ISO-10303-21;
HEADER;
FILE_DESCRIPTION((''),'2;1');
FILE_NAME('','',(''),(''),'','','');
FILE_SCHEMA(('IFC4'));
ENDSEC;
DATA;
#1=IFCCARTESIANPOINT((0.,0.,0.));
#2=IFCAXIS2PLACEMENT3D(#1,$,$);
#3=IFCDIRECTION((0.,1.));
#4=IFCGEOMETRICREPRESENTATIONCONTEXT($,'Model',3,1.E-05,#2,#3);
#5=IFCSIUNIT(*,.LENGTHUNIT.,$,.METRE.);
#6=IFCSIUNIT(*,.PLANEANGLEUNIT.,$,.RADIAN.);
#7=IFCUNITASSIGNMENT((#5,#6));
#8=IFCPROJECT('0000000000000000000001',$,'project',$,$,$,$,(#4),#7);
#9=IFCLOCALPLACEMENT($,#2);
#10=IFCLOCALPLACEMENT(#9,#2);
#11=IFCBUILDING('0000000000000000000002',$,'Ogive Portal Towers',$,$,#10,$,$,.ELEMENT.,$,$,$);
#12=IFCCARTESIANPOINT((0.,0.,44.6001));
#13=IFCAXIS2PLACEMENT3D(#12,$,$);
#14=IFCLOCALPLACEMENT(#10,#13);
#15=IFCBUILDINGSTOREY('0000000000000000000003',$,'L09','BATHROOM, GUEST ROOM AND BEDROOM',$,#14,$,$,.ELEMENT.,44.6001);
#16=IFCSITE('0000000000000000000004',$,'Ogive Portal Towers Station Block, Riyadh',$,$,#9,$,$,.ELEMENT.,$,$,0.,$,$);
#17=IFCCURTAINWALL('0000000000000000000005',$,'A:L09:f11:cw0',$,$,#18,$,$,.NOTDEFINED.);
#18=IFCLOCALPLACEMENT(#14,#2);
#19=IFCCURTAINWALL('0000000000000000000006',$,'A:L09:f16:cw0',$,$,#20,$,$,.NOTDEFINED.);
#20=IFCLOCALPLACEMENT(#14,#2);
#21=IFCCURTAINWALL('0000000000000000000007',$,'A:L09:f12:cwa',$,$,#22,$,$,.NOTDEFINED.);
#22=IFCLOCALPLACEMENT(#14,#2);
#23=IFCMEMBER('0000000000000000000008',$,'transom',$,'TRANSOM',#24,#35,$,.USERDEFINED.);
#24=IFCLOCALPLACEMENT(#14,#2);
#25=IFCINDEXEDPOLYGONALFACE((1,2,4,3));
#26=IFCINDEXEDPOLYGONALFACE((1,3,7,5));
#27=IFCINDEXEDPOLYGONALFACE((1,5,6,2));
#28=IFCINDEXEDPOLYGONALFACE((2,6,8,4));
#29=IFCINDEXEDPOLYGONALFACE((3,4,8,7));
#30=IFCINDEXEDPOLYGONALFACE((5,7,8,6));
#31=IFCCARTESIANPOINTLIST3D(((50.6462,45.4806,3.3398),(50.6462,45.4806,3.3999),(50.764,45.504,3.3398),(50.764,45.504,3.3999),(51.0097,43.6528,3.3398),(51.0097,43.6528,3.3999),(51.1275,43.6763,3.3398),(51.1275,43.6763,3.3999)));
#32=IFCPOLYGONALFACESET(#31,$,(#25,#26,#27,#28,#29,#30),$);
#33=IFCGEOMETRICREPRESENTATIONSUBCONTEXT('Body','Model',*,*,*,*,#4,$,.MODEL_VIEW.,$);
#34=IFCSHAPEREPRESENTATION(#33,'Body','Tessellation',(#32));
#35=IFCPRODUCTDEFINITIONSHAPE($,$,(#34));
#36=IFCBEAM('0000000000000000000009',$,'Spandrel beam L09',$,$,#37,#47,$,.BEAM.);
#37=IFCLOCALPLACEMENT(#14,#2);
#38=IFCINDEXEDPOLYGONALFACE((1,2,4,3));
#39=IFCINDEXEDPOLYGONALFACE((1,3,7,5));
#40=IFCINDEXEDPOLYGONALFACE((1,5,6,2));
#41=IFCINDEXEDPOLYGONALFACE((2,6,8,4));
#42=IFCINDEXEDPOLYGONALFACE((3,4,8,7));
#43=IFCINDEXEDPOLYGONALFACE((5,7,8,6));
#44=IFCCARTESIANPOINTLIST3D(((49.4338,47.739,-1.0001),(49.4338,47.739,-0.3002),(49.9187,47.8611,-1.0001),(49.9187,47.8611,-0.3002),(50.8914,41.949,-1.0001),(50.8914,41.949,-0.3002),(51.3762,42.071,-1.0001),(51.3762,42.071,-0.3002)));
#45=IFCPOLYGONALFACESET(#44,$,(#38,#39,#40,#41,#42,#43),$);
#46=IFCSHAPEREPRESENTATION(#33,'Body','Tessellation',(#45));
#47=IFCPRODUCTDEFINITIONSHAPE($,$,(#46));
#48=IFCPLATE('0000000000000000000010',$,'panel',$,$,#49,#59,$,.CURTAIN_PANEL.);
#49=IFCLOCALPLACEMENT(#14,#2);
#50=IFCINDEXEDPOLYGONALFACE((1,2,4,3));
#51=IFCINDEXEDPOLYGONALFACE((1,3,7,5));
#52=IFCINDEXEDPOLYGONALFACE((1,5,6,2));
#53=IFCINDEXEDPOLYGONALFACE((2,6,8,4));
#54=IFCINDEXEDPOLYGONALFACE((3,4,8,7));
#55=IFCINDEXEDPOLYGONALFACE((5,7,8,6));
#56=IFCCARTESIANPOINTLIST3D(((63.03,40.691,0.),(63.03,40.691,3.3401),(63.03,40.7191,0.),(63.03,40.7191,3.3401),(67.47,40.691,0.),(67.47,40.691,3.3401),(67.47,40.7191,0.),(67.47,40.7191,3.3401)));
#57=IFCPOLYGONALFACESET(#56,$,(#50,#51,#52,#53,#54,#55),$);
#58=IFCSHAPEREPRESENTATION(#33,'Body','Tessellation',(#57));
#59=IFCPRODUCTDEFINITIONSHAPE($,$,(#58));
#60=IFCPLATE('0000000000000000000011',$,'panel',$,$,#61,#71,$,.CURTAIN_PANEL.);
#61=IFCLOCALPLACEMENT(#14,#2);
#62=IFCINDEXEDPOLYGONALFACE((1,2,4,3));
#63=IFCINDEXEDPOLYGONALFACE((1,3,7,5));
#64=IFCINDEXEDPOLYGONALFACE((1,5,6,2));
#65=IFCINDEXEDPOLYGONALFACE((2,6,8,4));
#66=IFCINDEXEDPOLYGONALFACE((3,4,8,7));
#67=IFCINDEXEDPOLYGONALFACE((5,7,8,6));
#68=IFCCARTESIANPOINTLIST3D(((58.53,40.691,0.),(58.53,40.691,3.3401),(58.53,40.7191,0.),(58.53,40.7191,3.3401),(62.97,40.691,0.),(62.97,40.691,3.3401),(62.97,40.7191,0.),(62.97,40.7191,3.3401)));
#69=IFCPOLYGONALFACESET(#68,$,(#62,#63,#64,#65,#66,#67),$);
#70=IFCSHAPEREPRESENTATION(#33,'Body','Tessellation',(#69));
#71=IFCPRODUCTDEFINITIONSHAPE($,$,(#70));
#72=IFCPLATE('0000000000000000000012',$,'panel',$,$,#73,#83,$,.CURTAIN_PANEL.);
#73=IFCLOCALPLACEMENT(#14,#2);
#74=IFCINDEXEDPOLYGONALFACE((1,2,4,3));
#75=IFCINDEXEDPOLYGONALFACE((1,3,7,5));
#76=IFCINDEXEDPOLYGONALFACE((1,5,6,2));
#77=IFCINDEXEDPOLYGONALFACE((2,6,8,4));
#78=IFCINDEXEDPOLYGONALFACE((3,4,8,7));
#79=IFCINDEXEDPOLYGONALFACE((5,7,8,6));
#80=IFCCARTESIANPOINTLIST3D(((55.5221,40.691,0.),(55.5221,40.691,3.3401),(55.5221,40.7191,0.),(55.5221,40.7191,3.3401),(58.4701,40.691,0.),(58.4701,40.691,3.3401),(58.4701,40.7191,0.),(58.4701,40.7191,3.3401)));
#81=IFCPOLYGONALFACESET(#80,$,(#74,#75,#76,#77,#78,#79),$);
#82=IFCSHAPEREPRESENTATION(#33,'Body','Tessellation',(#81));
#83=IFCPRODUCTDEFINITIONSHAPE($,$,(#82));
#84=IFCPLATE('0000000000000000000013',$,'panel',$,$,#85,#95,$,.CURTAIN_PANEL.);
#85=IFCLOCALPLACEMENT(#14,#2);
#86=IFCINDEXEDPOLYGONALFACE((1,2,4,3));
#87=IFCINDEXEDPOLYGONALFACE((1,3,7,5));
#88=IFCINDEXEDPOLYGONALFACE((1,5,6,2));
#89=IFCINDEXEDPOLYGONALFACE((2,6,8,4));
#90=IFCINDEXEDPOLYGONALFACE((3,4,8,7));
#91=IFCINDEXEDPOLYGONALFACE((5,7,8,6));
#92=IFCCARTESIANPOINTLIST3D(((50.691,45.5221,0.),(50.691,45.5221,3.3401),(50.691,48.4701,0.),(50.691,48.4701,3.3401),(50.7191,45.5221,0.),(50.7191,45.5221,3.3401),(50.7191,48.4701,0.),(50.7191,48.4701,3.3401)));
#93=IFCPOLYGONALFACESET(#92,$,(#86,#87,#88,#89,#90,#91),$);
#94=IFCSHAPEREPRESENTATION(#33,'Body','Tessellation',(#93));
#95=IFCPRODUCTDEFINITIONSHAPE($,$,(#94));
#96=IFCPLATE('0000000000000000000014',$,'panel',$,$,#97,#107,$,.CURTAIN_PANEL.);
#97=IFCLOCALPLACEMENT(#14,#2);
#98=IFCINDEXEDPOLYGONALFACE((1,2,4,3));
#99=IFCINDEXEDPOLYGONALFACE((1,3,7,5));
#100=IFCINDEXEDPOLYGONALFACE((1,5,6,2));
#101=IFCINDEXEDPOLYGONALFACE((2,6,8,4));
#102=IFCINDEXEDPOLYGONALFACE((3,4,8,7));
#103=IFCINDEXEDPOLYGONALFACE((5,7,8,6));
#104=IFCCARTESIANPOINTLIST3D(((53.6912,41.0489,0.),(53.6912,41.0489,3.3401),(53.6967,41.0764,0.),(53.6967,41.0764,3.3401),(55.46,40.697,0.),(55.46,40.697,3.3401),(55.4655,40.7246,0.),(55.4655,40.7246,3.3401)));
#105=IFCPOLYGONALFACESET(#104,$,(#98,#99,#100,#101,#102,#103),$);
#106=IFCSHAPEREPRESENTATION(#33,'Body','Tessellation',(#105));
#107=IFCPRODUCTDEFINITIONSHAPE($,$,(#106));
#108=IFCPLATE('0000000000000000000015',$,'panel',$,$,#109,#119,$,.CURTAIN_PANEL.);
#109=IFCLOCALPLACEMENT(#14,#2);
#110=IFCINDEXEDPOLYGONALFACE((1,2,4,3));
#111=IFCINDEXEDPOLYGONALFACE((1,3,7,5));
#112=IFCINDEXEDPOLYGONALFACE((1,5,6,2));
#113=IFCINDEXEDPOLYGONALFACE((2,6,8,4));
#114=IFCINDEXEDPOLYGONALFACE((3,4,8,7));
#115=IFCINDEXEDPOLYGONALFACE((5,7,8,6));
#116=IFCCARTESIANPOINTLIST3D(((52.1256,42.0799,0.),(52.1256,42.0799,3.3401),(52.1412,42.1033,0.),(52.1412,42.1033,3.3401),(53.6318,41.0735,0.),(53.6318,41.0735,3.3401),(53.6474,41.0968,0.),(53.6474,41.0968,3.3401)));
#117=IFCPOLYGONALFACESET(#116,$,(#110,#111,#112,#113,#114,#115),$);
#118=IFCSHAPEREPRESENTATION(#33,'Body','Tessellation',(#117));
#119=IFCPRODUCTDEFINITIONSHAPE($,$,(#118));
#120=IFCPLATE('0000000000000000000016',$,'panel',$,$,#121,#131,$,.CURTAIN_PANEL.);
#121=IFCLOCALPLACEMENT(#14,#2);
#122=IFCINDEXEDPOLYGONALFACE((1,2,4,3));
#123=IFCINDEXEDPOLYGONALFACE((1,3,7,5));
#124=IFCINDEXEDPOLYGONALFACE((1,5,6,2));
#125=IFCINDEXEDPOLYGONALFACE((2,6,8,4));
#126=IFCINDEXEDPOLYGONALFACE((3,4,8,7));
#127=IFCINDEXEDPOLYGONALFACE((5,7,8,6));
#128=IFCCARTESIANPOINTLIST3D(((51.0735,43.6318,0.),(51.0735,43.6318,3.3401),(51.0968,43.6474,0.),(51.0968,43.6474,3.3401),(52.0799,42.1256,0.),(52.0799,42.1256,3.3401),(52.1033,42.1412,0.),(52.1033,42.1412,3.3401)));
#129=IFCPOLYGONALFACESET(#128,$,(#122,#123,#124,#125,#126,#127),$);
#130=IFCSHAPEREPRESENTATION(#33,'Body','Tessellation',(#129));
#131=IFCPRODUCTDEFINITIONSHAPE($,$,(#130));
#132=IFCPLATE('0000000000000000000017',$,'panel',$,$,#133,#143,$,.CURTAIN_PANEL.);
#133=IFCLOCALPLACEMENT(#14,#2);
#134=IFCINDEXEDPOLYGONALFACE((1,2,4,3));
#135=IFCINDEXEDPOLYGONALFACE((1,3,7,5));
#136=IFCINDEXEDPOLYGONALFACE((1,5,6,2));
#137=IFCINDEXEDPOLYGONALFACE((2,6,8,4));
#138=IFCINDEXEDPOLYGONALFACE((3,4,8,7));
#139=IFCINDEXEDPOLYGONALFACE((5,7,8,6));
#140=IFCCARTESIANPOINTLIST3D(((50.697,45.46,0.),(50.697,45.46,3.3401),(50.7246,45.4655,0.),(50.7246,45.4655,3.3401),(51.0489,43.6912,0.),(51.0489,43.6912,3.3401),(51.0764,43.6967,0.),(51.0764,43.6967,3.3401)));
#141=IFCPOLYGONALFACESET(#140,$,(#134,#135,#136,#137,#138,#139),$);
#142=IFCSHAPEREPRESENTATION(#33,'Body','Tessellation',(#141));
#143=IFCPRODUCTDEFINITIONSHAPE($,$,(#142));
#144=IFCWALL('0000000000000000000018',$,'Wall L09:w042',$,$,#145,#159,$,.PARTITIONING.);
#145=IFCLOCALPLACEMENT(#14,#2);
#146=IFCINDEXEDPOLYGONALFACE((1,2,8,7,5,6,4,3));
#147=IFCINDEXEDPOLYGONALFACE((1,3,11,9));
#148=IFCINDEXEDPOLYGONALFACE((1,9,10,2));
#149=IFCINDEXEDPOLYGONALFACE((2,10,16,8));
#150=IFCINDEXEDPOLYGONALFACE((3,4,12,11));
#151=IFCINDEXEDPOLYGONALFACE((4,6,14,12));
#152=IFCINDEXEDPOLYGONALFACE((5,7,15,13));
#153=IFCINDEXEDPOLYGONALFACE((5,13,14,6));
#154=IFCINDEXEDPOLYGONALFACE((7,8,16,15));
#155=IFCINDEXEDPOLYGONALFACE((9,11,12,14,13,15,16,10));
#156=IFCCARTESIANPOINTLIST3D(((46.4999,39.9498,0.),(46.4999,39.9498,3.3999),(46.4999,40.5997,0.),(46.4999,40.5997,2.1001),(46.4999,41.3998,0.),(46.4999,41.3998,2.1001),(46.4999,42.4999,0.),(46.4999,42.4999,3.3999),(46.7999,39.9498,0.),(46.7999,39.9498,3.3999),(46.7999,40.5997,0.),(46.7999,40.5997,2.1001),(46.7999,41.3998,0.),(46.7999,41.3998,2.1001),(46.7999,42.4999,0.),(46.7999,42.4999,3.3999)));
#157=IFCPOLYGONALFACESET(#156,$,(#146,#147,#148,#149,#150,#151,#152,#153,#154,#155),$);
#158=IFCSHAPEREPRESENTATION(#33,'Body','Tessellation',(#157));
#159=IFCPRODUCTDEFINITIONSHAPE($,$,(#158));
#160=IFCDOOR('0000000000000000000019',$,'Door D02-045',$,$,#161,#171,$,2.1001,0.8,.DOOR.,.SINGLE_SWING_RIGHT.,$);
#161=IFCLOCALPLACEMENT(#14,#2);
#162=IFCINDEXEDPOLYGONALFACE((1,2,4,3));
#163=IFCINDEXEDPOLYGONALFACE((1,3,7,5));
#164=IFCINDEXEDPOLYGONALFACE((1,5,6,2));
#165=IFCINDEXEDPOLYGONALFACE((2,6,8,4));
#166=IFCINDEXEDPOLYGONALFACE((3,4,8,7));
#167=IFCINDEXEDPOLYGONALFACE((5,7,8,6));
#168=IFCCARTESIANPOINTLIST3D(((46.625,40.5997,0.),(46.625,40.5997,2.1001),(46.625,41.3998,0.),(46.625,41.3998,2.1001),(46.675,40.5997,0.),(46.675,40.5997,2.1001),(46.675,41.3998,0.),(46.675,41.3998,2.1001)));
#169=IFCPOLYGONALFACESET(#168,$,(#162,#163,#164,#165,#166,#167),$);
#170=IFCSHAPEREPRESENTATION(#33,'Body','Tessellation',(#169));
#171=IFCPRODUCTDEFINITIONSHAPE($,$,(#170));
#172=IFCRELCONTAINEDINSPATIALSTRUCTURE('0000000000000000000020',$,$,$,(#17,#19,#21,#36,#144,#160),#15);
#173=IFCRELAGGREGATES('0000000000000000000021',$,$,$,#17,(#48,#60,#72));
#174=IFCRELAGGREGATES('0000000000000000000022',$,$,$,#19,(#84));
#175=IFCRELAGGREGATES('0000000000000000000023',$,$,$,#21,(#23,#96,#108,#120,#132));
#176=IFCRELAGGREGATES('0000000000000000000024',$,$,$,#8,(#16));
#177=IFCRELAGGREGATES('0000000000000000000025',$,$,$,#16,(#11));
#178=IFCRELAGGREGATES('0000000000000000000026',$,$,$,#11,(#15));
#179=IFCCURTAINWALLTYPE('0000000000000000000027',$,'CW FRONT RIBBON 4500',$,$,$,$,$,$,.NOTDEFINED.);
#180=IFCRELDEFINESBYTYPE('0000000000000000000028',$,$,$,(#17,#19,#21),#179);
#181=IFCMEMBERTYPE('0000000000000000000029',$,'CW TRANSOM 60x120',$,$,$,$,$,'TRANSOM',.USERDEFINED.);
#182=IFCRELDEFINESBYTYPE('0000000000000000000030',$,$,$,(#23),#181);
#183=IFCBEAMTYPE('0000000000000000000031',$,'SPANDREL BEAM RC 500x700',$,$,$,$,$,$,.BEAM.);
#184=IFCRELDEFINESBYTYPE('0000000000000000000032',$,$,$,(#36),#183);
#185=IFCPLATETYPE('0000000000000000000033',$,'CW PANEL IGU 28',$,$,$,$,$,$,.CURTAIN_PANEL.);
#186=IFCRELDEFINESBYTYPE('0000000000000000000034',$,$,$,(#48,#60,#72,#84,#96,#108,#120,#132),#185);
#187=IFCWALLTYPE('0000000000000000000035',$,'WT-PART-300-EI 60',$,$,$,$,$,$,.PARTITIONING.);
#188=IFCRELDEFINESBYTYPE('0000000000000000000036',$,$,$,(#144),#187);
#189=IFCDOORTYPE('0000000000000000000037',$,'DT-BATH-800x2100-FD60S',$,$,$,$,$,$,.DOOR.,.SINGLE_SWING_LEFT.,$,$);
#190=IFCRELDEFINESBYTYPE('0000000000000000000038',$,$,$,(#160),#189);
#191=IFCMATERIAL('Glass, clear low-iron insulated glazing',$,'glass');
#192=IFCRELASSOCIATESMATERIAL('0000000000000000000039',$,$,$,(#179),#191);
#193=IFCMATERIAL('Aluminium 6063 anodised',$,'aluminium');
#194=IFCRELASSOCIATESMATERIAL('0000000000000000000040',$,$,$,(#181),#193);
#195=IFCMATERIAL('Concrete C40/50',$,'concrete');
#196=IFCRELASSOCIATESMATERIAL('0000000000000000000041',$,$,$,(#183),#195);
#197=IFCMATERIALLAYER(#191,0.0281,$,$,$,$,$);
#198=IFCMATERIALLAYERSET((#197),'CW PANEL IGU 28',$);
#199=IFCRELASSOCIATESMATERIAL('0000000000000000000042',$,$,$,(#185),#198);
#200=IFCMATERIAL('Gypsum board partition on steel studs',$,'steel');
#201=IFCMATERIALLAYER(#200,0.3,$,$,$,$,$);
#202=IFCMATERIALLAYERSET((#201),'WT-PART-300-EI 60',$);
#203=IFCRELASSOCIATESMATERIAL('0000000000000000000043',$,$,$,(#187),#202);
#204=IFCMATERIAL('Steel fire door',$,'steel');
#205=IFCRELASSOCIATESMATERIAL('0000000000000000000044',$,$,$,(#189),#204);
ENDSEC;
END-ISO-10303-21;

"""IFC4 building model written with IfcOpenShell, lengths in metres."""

from ifc_helpers import new_model, si_unit, direction, frame, frame_2d, origin, origin_2d, place, context, subcontext, project, spatial, rectangle, extrude, material, layer, layer_set, material_profile, profile_set, type_object, element, fill, aggregate, save


model = new_model("IFC4")

# Units and contexts
model_context = context("Model", 3, precision=1e-05, world=origin(), true_north=direction((0.0, 1.0)))
body_context = subcontext(model_context, "Body", "Model", "MODEL_VIEW")
ifc_project = project(units=[si_unit("LENGTHUNIT", "METRE"), si_unit("PLANEANGLEUNIT", "RADIAN")], contexts=[model_context])

# Site, building, storey
site_placement = place(None, origin())
site = spatial("IfcSite", under=ifc_project, at=site_placement, Name="Ogive Portal Towers Station Block, Riyadh", CompositionType="ELEMENT", RefElevation=0.0)
building_placement = place(site_placement, origin())
building = spatial("IfcBuilding", under=site, at=building_placement, Name="Ogive Portal Towers", CompositionType="ELEMENT")
storey_placement = place(building_placement, frame((0.0, 0.0, 44.6001)))
storey = spatial("IfcBuildingStorey", under=building, at=storey_placement, Name="L09", Description="BATHROOM, GUEST ROOM AND BEDROOM", CompositionType="ELEMENT", Elevation=44.6001)

# Curtain wall
ifc_material_1 = material(Name="Glass, clear low-iron insulated glazing", Category="glass")
curtain_wall_type = type_object("IfcCurtainWallType", Name="CW FRONT RIBBON 4500", PredefinedType="NOTDEFINED", material=ifc_material_1)
curtain_wall_1_placement = place(storey_placement, origin())
curtain_wall_1 = element("IfcCurtainWall", 1, at=curtain_wall_1_placement, inside=storey, type_object=curtain_wall_type, Name="A:L09:f11:cw0", PredefinedType="NOTDEFINED")
ifc_material_2 = material(Name="Aluminium 6063 anodised", Category="aluminium")

# Curtain wall
curtain_wall_2_placement = place(storey_placement, origin())
curtain_wall_2 = element("IfcCurtainWall", 2, at=curtain_wall_2_placement, inside=storey, type_object=curtain_wall_type, Name="A:L09:f16:cw0", PredefinedType="NOTDEFINED")

# Curtain wall
curtain_wall_3_placement = place(storey_placement, origin())
curtain_wall_3 = element("IfcCurtainWall", 3, at=curtain_wall_3_placement, inside=storey, type_object=curtain_wall_type, Name="A:L09:f12:cwa", PredefinedType="NOTDEFINED")

# Member
ifc_material_profile_1 = material_profile(ifc_material_2, rectangle(XDim=0.1201, YDim=0.0601, at=origin_2d()), Name="AL 120x60")
ifc_profile_set_1 = profile_set([ifc_material_profile_1], Name="Aluminium 6063 anodised")
member_type_1 = type_object("IfcMemberType", Name="CW TRANSOM 60x120", ElementType="TRANSOM", PredefinedType="USERDEFINED", material=ifc_profile_set_1)
member_1_placement = place(storey_placement, frame((51.0686, 43.6646, 3.3699), z_axis=(-0.195083, 0.980787, 0.0), x_axis=(-0.980787, -0.195083, 0.0)))
member_1 = element("IfcMember", 4, at=member_1_placement, type_object=member_type_1, Name="transom", ObjectType="TRANSOM", PredefinedType="USERDEFINED", context=body_context, shape_type="SweptSolid", body=[
    extrude(rectangle(XDim=0.1201, YDim=0.0601, at=origin_2d()), origin(), (0.0, 0.0, 1.0), 1.8635),
])

# Beam
ifc_material_3 = material(Name="Concrete C40/50", Category="concrete")
ifc_material_profile_2 = material_profile(ifc_material_3, rectangle(XDim=0.5, YDim=0.7, at=origin_2d()), Name="RC 500x700")
ifc_profile_set_2 = profile_set([ifc_material_profile_2], Name="Concrete C40/50")
beam_type = type_object("IfcBeamType", Name="SPANDREL BEAM RC 500x700", PredefinedType="BEAM", material=ifc_profile_set_2)
beam_placement = place(storey_placement, frame((49.6763, 47.8, -0.6501), z_axis=(0.244113, -0.969747, 0.0), x_axis=(0.969747, 0.244113, 0.0)))
element("IfcBeam", 5, at=beam_placement, inside=storey, type_object=beam_type, Name="Spandrel beam L09", PredefinedType="BEAM", context=body_context, shape_type="SweptSolid", body=[
    extrude(rectangle(XDim=0.5, YDim=0.7, at=origin_2d()), origin(), (0.0, 0.0, 1.0), 5.9707),
])

# Plates
ifc_layer_1 = layer(ifc_material_1, 0.0281)
ifc_layer_set_1 = layer_set([ifc_layer_1], Name="CW PANEL IGU 28")
plate_type = type_object("IfcPlateType", Name="CW PANEL IGU 28", PredefinedType="CURTAIN_PANEL", material=ifc_layer_set_1)
plate_1_placement = place(storey_placement, frame((65.25, 40.7051, 0.0), z_axis=(0.0, 0.0, 1.0), x_axis=(-1.0, 0.0, 0.0)))
plate_1 = element("IfcPlate", 6, at=plate_1_placement, type_object=plate_type, Name="panel", PredefinedType="CURTAIN_PANEL", context=body_context, shape_type="SweptSolid", body=[
    extrude(rectangle(XDim=4.4399, YDim=0.0281, at=origin_2d()), origin(), (0.0, 0.0, 1.0), 3.3401),
])
plate_2_placement = place(storey_placement, frame((60.75, 40.7051, 0.0), z_axis=(0.0, 0.0, 1.0), x_axis=(-1.0, 0.0, 0.0)))
plate_2 = element("IfcPlate", 7, at=plate_2_placement, type_object=plate_type, Name="panel", PredefinedType="CURTAIN_PANEL", context=body_context, shape_type="SweptSolid", body=[
    extrude(rectangle(XDim=4.4399, YDim=0.0281, at=origin_2d()), origin(), (0.0, 0.0, 1.0), 3.3401),
])
plate_3_placement = place(storey_placement, frame((56.9961, 40.7051, 0.0), z_axis=(0.0, 0.0, 1.0), x_axis=(-1.0, 0.0, 0.0)))
plate_3 = element("IfcPlate", 8, at=plate_3_placement, type_object=plate_type, Name="panel", PredefinedType="CURTAIN_PANEL", context=body_context, shape_type="SweptSolid", body=[
    extrude(rectangle(XDim=2.948, YDim=0.0281, at=origin_2d()), origin(), (0.0, 0.0, 1.0), 3.3401),
])
aggregate(curtain_wall_1, [plate_1, plate_2, plate_3])
plate_4_placement = place(storey_placement, frame((50.7051, 46.9961, 0.0), z_axis=(0.0, 0.0, 1.0), x_axis=(0.0, 1.0, 0.0)))
plate_4 = element("IfcPlate", 9, at=plate_4_placement, type_object=plate_type, Name="panel", PredefinedType="CURTAIN_PANEL", context=body_context, shape_type="SweptSolid", body=[
    extrude(rectangle(XDim=2.948, YDim=0.0281, at=origin_2d()), origin(), (0.0, 0.0, 1.0), 3.3401),
])
aggregate(curtain_wall_2, [plate_4])
plate_5_placement = place(storey_placement, frame((54.5784, 40.8867, 0.0), z_axis=(0.0, 0.0, 1.0), x_axis=(-0.980785, 0.19509, 0.0)))
plate_5 = element("IfcPlate", 10, at=plate_5_placement, type_object=plate_type, Name="panel", PredefinedType="CURTAIN_PANEL", context=body_context, shape_type="SweptSolid", body=[
    extrude(rectangle(XDim=1.8035, YDim=0.0281, at=origin_2d()), origin(), (0.0, 0.0, 1.0), 3.3401),
])
plate_6_placement = place(storey_placement, frame((52.8865, 41.5884, 0.0), z_axis=(0.0, 0.0, 1.0), x_axis=(-0.83147, 0.55557, 0.0)))
plate_6 = element("IfcPlate", 11, at=plate_6_placement, type_object=plate_type, Name="panel", PredefinedType="CURTAIN_PANEL", context=body_context, shape_type="SweptSolid", body=[
    extrude(rectangle(XDim=1.8115, YDim=0.0281, at=origin_2d()), origin(), (0.0, 0.0, 1.0), 3.3401),
])
plate_7_placement = place(storey_placement, frame((51.5884, 42.8865, 0.0), z_axis=(0.0, 0.0, 1.0), x_axis=(-0.55557, 0.83147, 0.0)))
plate_7 = element("IfcPlate", 12, at=plate_7_placement, type_object=plate_type, Name="panel", PredefinedType="CURTAIN_PANEL", context=body_context, shape_type="SweptSolid", body=[
    extrude(rectangle(XDim=1.8115, YDim=0.0281, at=origin_2d()), origin(), (0.0, 0.0, 1.0), 3.3401),
])
plate_8_placement = place(storey_placement, frame((50.8867, 44.5784, 0.0), z_axis=(0.0, 0.0, 1.0), x_axis=(-0.19509, 0.980785, 0.0)))
plate_8 = element("IfcPlate", 13, at=plate_8_placement, type_object=plate_type, Name="panel", PredefinedType="CURTAIN_PANEL", context=body_context, shape_type="SweptSolid", body=[
    extrude(rectangle(XDim=1.8035, YDim=0.0281, at=origin_2d()), origin(), (0.0, 0.0, 1.0), 3.3401),
])
aggregate(curtain_wall_3, [member_1, plate_5, plate_6, plate_7, plate_8])

# Wall, opening, door
ifc_material_4 = material(Name="Gypsum board partition on steel studs", Category="steel")
ifc_layer_2 = layer(ifc_material_4, 0.3)
ifc_layer_set_2 = layer_set([ifc_layer_2], Name="WT-PART-300-EI 60")
wall_type = type_object("IfcWallType", Name="WT-PART-300-EI 60", PredefinedType="PARTITIONING", material=ifc_layer_set_2)
wall_1_placement = place(storey_placement, frame((46.6499, 39.95, 0.0), z_axis=(0.0, 0.0, 1.0), x_axis=(0.0, 1.0, 0.0)))
wall_1 = element("IfcWall", 14, at=wall_1_placement, inside=storey, type_object=wall_type, Name="Wall L09:w042", PredefinedType="PARTITIONING", context=body_context, shape_type="SweptSolid", body=[
    extrude(rectangle(XDim=2.55, YDim=0.3, at=frame_2d((1.2749, 0.0))), origin(), (0.0, 0.0, 1.0), 3.3999),
])
opening_1_placement = place(wall_1_placement, frame((0.6499, 0.0, 0.0)))
opening_1 = element("IfcOpeningElement", 15, at=opening_1_placement, cuts=wall_1, PredefinedType="OPENING", context=body_context, shape_type="SweptSolid", body=[
    extrude(rectangle(XDim=0.8, YDim=2.1001, at=frame_2d((0.3999, 1.05))), frame((0.0, 0.1602, 0.0), z_axis=(0.0, -1.0, 0.0), x_axis=(1.0, 0.0, 0.0)), (0.0, 0.0, 1.0), 0.3201),
])
ifc_material_5 = material(Name="Steel fire door", Category="steel")
door_type = type_object("IfcDoorType", Name="DT-BATH-800x2100-FD60S", OperationType="SINGLE_SWING_LEFT", PredefinedType="DOOR", material=ifc_material_5)
door_1_placement = place(opening_1_placement, origin())
door_1 = element("IfcDoor", 16, at=door_1_placement, inside=storey, type_object=door_type, Name="Door D02-045", OperationType="SINGLE_SWING_RIGHT", OverallHeight=2.1001, OverallWidth=0.8, PredefinedType="DOOR", context=body_context, shape_type="SweptSolid", body=[
    extrude(rectangle(XDim=0.8, YDim=2.1001, at=frame_2d((0.3999, 1.05))), frame((0.0, 0.0249, 0.0), z_axis=(0.0, -1.0, 0.0), x_axis=(1.0, 0.0, 0.0)), (0.0, 0.0, 1.0), 0.05),
])
fill(opening_1, door_1)

save(model, "model.ifc")
